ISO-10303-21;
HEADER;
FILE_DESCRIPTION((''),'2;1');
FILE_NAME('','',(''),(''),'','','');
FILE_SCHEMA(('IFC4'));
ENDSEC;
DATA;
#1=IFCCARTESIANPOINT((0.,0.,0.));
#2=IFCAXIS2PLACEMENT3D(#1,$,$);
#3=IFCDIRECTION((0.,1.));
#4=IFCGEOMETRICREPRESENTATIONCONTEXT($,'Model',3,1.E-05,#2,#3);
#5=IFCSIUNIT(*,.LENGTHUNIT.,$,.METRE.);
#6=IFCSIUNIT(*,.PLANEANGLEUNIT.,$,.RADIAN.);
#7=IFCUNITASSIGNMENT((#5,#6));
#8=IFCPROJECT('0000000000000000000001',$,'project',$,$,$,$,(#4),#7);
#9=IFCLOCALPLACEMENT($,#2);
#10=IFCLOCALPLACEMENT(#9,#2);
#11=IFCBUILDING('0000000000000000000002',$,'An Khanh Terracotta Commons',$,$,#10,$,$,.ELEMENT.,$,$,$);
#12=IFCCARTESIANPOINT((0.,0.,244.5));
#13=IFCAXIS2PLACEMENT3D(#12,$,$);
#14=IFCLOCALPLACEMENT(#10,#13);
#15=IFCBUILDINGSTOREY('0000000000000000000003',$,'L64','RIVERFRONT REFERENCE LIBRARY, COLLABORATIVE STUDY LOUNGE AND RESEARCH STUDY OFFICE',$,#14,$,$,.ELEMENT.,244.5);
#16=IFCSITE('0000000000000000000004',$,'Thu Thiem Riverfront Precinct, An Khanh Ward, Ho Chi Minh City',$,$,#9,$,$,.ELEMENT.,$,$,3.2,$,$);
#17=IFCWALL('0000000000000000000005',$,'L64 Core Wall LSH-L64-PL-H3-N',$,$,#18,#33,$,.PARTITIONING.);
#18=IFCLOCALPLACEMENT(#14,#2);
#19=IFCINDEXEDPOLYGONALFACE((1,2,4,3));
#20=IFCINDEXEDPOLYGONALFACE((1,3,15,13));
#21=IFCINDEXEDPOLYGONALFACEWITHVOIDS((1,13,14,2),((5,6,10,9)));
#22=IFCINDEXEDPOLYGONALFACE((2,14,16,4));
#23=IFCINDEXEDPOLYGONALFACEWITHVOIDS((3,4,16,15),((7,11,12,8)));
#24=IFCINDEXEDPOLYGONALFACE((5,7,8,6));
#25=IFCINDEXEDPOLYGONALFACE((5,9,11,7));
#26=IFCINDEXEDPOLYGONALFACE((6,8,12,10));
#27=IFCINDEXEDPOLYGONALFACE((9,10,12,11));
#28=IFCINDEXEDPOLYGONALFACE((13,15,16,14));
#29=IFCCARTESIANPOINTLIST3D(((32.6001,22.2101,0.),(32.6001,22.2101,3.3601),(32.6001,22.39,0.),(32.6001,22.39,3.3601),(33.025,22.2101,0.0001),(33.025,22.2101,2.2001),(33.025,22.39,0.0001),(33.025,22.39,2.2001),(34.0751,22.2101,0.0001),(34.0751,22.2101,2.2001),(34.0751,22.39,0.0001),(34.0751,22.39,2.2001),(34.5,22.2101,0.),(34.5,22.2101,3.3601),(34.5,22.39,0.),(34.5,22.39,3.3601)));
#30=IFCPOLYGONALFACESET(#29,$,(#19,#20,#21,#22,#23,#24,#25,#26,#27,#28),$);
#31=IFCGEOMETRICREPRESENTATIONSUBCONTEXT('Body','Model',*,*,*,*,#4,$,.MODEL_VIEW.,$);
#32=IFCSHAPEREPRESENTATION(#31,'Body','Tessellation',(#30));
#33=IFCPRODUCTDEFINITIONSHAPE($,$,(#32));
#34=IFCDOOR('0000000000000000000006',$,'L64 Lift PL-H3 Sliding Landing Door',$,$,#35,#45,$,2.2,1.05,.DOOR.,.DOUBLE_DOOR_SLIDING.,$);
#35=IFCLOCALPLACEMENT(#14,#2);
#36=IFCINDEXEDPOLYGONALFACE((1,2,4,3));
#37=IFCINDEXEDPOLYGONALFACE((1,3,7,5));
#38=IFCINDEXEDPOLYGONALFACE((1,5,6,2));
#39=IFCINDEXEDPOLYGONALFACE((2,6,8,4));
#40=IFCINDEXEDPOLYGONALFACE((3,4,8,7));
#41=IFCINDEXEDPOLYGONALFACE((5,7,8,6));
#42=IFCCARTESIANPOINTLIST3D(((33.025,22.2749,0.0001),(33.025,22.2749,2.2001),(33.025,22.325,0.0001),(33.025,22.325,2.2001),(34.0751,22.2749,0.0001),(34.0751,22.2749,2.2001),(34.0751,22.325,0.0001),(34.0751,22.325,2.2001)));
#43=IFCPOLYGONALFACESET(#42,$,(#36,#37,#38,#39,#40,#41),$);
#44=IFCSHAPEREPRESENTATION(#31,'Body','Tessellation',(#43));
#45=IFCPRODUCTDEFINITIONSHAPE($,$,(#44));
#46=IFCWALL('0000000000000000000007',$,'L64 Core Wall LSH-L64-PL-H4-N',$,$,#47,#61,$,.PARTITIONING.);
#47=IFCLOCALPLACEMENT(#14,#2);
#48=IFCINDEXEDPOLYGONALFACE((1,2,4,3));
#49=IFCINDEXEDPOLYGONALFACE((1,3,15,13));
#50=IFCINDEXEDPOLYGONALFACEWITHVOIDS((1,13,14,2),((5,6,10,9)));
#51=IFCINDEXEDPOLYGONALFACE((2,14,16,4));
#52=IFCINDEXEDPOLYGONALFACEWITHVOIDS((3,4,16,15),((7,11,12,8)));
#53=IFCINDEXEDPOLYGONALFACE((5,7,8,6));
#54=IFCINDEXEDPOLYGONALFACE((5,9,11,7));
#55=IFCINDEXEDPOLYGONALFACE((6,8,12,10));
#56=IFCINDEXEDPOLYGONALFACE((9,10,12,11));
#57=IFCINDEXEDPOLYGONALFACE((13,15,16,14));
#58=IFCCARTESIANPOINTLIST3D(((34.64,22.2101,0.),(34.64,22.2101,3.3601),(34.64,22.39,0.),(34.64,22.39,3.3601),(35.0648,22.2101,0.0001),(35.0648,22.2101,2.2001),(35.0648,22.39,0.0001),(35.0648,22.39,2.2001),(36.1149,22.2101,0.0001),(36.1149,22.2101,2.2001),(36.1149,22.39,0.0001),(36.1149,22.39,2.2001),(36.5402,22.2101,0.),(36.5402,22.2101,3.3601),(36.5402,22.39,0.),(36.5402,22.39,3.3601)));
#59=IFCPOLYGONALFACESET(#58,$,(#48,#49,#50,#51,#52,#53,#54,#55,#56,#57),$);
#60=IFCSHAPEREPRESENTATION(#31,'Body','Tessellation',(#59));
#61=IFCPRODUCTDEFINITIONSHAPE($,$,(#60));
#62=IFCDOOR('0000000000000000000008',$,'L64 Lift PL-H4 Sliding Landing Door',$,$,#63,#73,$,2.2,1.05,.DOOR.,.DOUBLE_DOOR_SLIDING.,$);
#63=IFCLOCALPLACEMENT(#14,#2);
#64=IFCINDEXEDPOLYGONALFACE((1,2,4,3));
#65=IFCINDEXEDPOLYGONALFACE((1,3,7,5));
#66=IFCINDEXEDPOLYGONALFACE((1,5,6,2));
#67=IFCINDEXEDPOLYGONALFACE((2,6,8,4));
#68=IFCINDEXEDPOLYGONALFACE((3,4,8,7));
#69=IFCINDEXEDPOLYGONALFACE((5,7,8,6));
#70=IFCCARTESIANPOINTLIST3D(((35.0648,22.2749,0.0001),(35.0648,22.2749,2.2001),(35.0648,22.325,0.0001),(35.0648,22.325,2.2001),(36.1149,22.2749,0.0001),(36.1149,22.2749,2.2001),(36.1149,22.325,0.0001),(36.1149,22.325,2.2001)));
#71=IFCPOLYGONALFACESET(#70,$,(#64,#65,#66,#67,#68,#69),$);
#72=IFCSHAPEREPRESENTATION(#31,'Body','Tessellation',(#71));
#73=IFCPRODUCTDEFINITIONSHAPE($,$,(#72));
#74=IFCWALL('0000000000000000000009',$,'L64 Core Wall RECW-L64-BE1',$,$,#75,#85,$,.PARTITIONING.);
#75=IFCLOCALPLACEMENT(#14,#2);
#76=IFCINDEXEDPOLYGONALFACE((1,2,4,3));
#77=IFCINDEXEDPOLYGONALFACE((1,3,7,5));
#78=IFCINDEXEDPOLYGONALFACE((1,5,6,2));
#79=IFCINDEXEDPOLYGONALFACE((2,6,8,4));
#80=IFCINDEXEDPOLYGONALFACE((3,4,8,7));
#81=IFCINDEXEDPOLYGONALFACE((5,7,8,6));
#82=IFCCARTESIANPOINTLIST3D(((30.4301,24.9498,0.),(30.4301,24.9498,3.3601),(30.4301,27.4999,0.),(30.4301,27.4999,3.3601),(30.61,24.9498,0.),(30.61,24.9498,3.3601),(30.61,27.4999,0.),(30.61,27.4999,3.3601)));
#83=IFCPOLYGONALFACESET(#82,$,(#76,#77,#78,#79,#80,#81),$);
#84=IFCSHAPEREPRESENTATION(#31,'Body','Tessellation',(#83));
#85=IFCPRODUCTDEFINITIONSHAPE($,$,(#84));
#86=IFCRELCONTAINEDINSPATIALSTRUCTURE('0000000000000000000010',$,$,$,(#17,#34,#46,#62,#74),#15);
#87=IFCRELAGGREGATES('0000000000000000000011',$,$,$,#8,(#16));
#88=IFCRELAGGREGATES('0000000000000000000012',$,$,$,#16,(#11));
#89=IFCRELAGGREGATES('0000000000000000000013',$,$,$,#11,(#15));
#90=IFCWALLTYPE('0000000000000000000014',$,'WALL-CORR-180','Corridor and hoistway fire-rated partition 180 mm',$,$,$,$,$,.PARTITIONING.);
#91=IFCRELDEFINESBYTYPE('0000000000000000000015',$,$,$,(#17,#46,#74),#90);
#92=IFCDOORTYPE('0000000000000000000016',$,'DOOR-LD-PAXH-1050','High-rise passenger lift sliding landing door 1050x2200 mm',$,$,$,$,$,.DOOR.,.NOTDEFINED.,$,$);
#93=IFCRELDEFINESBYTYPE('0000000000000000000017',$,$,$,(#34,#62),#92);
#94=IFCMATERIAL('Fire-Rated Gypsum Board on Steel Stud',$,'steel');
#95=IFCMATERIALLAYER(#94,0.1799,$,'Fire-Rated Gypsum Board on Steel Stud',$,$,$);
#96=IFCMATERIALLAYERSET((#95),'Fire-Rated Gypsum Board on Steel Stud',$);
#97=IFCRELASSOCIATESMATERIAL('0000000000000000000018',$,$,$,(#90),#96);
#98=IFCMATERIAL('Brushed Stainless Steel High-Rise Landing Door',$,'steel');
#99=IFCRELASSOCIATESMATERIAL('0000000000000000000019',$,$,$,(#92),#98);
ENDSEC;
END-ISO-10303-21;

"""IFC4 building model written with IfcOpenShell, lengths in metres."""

from ifc_helpers import new_model, si_unit, direction, frame, frame_2d, origin, place, context, subcontext, project, spatial, rectangle, extrude, material, layer, layer_set, type_object, element, fill, save


model = new_model("IFC4")

# Units and contexts
model_context = context("Model", 3, precision=1e-05, world=origin(), true_north=direction((0.0, 1.0)))
body_context = subcontext(model_context, "Body", "Model", "MODEL_VIEW")
ifc_project = project(units=[si_unit("LENGTHUNIT", "METRE"), si_unit("PLANEANGLEUNIT", "RADIAN")], contexts=[model_context])

# Site, building, storey
site_placement = place(None, origin())
site = spatial("IfcSite", under=ifc_project, at=site_placement, Name="Thu Thiem Riverfront Precinct, An Khanh Ward, Ho Chi Minh City", CompositionType="ELEMENT", RefElevation=3.2)
building_placement = place(site_placement, origin())
building = spatial("IfcBuilding", under=site, at=building_placement, Name="An Khanh Terracotta Commons", CompositionType="ELEMENT")
storey_placement = place(building_placement, frame((0.0, 0.0, 244.5)))
storey = spatial("IfcBuildingStorey", under=building, at=storey_placement, Name="L64", Description="RIVERFRONT REFERENCE LIBRARY, COLLABORATIVE STUDY LOUNGE AND RESEARCH STUDY OFFICE", CompositionType="ELEMENT", Elevation=244.5)

# Shared definitions
ifc_material_1 = material(Name="Fire-Rated Gypsum Board on Steel Stud", Category="steel")
ifc_layer = layer(ifc_material_1, 0.1799, Name="Fire-Rated Gypsum Board on Steel Stud")
ifc_layer_set = layer_set([ifc_layer], Name="Fire-Rated Gypsum Board on Steel Stud")
wall_type = type_object("IfcWallType", Name="WALL-CORR-180", Description="Corridor and hoistway fire-rated partition 180 mm", PredefinedType="PARTITIONING", material=ifc_layer_set)

# Shared definitions
ifc_material_2 = material(Name="Brushed Stainless Steel High-Rise Landing Door", Category="steel")
door_type = type_object("IfcDoorType", Name="DOOR-LD-PAXH-1050", Description="High-rise passenger lift sliding landing door 1050x2200 mm", OperationType="NOTDEFINED", PredefinedType="DOOR", material=ifc_material_2)

# Walls, openings, doors
wall_1_placement = place(storey_placement, frame((32.6001, 22.3, 0.0), z_axis=(0.0, 0.0, 1.0), x_axis=(1.0, 0.0, 0.0)))
wall_1 = element("IfcWall", 1, at=wall_1_placement, inside=storey, type_object=wall_type, Name="L64 Core Wall LSH-L64-PL-H3-N", PredefinedType="PARTITIONING", context=body_context, shape_type="SweptSolid", body=[
    extrude(rectangle(XDim=1.8999, YDim=0.1799, at=frame_2d((0.95, 0.0))), origin(), (0.0, 0.0, 1.0), 3.3601),
])
opening_1_placement = place(wall_1_placement, frame((0.425, 0.0, 0.0)))
opening_1 = element("IfcOpeningElement", 2, at=opening_1_placement, cuts=wall_1, PredefinedType="OPENING", context=body_context, shape_type="SweptSolid", body=[
    extrude(rectangle(XDim=1.05, YDim=2.2, at=frame_2d((0.5249, 1.1001))), frame((0.0, 0.0999, 0.0), z_axis=(0.0, -1.0, 0.0), x_axis=(1.0, 0.0, 0.0)), (0.0, 0.0, 1.0), 0.2),
])
door_1_placement = place(opening_1_placement, origin())
door_1 = element("IfcDoor", 3, at=door_1_placement, inside=storey, type_object=door_type, Name="L64 Lift PL-H3 Sliding Landing Door", OperationType="DOUBLE_DOOR_SLIDING", OverallHeight=2.2, OverallWidth=1.05, PredefinedType="DOOR", context=body_context, shape_type="SweptSolid", body=[
    extrude(rectangle(XDim=1.05, YDim=2.2, at=frame_2d((0.5249, 1.1001))), frame((0.0, 0.0249, 0.0), z_axis=(0.0, -1.0, 0.0), x_axis=(1.0, 0.0, 0.0)), (0.0, 0.0, 1.0), 0.05),
])
fill(opening_1, door_1)
wall_2_placement = place(storey_placement, frame((34.6399, 22.3, 0.0), z_axis=(0.0, 0.0, 1.0), x_axis=(1.0, 0.0, 0.0)))
wall_2 = element("IfcWall", 4, at=wall_2_placement, inside=storey, type_object=wall_type, Name="L64 Core Wall LSH-L64-PL-H4-N", PredefinedType="PARTITIONING", context=body_context, shape_type="SweptSolid", body=[
    extrude(rectangle(XDim=1.9001, YDim=0.1799, at=frame_2d((0.9502, 0.0))), origin(), (0.0, 0.0, 1.0), 3.3601),
])
opening_2_placement = place(wall_2_placement, frame((0.425, 0.0, 0.0)))
opening_2 = element("IfcOpeningElement", 5, at=opening_2_placement, cuts=wall_2, PredefinedType="OPENING", context=body_context, shape_type="SweptSolid", body=[
    extrude(rectangle(XDim=1.05, YDim=2.2, at=frame_2d((0.5249, 1.1001))), frame((0.0, 0.0999, 0.0), z_axis=(0.0, -1.0, 0.0), x_axis=(1.0, 0.0, 0.0)), (0.0, 0.0, 1.0), 0.2),
])
door_2_placement = place(opening_2_placement, origin())
door_2 = element("IfcDoor", 6, at=door_2_placement, inside=storey, type_object=door_type, Name="L64 Lift PL-H4 Sliding Landing Door", OperationType="DOUBLE_DOOR_SLIDING", OverallHeight=2.2, OverallWidth=1.05, PredefinedType="DOOR", context=body_context, shape_type="SweptSolid", body=[
    extrude(rectangle(XDim=1.05, YDim=2.2, at=frame_2d((0.5249, 1.1001))), frame((0.0, 0.0249, 0.0), z_axis=(0.0, -1.0, 0.0), x_axis=(1.0, 0.0, 0.0)), (0.0, 0.0, 1.0), 0.05),
])
fill(opening_2, door_2)

# Wall
wall_3_placement = place(storey_placement, frame((30.52, 24.95, 0.0), z_axis=(0.0, 0.0, 1.0), x_axis=(0.0, 1.0, 0.0)))
element("IfcWall", 7, at=wall_3_placement, inside=storey, type_object=wall_type, Name="L64 Core Wall RECW-L64-BE1", PredefinedType="PARTITIONING", context=body_context, shape_type="SweptSolid", body=[
    extrude(rectangle(XDim=2.55, YDim=0.1799, at=frame_2d((1.2749, 0.0))), origin(), (0.0, 0.0, 1.0), 3.3601),
])

save(model, "model.ifc")
